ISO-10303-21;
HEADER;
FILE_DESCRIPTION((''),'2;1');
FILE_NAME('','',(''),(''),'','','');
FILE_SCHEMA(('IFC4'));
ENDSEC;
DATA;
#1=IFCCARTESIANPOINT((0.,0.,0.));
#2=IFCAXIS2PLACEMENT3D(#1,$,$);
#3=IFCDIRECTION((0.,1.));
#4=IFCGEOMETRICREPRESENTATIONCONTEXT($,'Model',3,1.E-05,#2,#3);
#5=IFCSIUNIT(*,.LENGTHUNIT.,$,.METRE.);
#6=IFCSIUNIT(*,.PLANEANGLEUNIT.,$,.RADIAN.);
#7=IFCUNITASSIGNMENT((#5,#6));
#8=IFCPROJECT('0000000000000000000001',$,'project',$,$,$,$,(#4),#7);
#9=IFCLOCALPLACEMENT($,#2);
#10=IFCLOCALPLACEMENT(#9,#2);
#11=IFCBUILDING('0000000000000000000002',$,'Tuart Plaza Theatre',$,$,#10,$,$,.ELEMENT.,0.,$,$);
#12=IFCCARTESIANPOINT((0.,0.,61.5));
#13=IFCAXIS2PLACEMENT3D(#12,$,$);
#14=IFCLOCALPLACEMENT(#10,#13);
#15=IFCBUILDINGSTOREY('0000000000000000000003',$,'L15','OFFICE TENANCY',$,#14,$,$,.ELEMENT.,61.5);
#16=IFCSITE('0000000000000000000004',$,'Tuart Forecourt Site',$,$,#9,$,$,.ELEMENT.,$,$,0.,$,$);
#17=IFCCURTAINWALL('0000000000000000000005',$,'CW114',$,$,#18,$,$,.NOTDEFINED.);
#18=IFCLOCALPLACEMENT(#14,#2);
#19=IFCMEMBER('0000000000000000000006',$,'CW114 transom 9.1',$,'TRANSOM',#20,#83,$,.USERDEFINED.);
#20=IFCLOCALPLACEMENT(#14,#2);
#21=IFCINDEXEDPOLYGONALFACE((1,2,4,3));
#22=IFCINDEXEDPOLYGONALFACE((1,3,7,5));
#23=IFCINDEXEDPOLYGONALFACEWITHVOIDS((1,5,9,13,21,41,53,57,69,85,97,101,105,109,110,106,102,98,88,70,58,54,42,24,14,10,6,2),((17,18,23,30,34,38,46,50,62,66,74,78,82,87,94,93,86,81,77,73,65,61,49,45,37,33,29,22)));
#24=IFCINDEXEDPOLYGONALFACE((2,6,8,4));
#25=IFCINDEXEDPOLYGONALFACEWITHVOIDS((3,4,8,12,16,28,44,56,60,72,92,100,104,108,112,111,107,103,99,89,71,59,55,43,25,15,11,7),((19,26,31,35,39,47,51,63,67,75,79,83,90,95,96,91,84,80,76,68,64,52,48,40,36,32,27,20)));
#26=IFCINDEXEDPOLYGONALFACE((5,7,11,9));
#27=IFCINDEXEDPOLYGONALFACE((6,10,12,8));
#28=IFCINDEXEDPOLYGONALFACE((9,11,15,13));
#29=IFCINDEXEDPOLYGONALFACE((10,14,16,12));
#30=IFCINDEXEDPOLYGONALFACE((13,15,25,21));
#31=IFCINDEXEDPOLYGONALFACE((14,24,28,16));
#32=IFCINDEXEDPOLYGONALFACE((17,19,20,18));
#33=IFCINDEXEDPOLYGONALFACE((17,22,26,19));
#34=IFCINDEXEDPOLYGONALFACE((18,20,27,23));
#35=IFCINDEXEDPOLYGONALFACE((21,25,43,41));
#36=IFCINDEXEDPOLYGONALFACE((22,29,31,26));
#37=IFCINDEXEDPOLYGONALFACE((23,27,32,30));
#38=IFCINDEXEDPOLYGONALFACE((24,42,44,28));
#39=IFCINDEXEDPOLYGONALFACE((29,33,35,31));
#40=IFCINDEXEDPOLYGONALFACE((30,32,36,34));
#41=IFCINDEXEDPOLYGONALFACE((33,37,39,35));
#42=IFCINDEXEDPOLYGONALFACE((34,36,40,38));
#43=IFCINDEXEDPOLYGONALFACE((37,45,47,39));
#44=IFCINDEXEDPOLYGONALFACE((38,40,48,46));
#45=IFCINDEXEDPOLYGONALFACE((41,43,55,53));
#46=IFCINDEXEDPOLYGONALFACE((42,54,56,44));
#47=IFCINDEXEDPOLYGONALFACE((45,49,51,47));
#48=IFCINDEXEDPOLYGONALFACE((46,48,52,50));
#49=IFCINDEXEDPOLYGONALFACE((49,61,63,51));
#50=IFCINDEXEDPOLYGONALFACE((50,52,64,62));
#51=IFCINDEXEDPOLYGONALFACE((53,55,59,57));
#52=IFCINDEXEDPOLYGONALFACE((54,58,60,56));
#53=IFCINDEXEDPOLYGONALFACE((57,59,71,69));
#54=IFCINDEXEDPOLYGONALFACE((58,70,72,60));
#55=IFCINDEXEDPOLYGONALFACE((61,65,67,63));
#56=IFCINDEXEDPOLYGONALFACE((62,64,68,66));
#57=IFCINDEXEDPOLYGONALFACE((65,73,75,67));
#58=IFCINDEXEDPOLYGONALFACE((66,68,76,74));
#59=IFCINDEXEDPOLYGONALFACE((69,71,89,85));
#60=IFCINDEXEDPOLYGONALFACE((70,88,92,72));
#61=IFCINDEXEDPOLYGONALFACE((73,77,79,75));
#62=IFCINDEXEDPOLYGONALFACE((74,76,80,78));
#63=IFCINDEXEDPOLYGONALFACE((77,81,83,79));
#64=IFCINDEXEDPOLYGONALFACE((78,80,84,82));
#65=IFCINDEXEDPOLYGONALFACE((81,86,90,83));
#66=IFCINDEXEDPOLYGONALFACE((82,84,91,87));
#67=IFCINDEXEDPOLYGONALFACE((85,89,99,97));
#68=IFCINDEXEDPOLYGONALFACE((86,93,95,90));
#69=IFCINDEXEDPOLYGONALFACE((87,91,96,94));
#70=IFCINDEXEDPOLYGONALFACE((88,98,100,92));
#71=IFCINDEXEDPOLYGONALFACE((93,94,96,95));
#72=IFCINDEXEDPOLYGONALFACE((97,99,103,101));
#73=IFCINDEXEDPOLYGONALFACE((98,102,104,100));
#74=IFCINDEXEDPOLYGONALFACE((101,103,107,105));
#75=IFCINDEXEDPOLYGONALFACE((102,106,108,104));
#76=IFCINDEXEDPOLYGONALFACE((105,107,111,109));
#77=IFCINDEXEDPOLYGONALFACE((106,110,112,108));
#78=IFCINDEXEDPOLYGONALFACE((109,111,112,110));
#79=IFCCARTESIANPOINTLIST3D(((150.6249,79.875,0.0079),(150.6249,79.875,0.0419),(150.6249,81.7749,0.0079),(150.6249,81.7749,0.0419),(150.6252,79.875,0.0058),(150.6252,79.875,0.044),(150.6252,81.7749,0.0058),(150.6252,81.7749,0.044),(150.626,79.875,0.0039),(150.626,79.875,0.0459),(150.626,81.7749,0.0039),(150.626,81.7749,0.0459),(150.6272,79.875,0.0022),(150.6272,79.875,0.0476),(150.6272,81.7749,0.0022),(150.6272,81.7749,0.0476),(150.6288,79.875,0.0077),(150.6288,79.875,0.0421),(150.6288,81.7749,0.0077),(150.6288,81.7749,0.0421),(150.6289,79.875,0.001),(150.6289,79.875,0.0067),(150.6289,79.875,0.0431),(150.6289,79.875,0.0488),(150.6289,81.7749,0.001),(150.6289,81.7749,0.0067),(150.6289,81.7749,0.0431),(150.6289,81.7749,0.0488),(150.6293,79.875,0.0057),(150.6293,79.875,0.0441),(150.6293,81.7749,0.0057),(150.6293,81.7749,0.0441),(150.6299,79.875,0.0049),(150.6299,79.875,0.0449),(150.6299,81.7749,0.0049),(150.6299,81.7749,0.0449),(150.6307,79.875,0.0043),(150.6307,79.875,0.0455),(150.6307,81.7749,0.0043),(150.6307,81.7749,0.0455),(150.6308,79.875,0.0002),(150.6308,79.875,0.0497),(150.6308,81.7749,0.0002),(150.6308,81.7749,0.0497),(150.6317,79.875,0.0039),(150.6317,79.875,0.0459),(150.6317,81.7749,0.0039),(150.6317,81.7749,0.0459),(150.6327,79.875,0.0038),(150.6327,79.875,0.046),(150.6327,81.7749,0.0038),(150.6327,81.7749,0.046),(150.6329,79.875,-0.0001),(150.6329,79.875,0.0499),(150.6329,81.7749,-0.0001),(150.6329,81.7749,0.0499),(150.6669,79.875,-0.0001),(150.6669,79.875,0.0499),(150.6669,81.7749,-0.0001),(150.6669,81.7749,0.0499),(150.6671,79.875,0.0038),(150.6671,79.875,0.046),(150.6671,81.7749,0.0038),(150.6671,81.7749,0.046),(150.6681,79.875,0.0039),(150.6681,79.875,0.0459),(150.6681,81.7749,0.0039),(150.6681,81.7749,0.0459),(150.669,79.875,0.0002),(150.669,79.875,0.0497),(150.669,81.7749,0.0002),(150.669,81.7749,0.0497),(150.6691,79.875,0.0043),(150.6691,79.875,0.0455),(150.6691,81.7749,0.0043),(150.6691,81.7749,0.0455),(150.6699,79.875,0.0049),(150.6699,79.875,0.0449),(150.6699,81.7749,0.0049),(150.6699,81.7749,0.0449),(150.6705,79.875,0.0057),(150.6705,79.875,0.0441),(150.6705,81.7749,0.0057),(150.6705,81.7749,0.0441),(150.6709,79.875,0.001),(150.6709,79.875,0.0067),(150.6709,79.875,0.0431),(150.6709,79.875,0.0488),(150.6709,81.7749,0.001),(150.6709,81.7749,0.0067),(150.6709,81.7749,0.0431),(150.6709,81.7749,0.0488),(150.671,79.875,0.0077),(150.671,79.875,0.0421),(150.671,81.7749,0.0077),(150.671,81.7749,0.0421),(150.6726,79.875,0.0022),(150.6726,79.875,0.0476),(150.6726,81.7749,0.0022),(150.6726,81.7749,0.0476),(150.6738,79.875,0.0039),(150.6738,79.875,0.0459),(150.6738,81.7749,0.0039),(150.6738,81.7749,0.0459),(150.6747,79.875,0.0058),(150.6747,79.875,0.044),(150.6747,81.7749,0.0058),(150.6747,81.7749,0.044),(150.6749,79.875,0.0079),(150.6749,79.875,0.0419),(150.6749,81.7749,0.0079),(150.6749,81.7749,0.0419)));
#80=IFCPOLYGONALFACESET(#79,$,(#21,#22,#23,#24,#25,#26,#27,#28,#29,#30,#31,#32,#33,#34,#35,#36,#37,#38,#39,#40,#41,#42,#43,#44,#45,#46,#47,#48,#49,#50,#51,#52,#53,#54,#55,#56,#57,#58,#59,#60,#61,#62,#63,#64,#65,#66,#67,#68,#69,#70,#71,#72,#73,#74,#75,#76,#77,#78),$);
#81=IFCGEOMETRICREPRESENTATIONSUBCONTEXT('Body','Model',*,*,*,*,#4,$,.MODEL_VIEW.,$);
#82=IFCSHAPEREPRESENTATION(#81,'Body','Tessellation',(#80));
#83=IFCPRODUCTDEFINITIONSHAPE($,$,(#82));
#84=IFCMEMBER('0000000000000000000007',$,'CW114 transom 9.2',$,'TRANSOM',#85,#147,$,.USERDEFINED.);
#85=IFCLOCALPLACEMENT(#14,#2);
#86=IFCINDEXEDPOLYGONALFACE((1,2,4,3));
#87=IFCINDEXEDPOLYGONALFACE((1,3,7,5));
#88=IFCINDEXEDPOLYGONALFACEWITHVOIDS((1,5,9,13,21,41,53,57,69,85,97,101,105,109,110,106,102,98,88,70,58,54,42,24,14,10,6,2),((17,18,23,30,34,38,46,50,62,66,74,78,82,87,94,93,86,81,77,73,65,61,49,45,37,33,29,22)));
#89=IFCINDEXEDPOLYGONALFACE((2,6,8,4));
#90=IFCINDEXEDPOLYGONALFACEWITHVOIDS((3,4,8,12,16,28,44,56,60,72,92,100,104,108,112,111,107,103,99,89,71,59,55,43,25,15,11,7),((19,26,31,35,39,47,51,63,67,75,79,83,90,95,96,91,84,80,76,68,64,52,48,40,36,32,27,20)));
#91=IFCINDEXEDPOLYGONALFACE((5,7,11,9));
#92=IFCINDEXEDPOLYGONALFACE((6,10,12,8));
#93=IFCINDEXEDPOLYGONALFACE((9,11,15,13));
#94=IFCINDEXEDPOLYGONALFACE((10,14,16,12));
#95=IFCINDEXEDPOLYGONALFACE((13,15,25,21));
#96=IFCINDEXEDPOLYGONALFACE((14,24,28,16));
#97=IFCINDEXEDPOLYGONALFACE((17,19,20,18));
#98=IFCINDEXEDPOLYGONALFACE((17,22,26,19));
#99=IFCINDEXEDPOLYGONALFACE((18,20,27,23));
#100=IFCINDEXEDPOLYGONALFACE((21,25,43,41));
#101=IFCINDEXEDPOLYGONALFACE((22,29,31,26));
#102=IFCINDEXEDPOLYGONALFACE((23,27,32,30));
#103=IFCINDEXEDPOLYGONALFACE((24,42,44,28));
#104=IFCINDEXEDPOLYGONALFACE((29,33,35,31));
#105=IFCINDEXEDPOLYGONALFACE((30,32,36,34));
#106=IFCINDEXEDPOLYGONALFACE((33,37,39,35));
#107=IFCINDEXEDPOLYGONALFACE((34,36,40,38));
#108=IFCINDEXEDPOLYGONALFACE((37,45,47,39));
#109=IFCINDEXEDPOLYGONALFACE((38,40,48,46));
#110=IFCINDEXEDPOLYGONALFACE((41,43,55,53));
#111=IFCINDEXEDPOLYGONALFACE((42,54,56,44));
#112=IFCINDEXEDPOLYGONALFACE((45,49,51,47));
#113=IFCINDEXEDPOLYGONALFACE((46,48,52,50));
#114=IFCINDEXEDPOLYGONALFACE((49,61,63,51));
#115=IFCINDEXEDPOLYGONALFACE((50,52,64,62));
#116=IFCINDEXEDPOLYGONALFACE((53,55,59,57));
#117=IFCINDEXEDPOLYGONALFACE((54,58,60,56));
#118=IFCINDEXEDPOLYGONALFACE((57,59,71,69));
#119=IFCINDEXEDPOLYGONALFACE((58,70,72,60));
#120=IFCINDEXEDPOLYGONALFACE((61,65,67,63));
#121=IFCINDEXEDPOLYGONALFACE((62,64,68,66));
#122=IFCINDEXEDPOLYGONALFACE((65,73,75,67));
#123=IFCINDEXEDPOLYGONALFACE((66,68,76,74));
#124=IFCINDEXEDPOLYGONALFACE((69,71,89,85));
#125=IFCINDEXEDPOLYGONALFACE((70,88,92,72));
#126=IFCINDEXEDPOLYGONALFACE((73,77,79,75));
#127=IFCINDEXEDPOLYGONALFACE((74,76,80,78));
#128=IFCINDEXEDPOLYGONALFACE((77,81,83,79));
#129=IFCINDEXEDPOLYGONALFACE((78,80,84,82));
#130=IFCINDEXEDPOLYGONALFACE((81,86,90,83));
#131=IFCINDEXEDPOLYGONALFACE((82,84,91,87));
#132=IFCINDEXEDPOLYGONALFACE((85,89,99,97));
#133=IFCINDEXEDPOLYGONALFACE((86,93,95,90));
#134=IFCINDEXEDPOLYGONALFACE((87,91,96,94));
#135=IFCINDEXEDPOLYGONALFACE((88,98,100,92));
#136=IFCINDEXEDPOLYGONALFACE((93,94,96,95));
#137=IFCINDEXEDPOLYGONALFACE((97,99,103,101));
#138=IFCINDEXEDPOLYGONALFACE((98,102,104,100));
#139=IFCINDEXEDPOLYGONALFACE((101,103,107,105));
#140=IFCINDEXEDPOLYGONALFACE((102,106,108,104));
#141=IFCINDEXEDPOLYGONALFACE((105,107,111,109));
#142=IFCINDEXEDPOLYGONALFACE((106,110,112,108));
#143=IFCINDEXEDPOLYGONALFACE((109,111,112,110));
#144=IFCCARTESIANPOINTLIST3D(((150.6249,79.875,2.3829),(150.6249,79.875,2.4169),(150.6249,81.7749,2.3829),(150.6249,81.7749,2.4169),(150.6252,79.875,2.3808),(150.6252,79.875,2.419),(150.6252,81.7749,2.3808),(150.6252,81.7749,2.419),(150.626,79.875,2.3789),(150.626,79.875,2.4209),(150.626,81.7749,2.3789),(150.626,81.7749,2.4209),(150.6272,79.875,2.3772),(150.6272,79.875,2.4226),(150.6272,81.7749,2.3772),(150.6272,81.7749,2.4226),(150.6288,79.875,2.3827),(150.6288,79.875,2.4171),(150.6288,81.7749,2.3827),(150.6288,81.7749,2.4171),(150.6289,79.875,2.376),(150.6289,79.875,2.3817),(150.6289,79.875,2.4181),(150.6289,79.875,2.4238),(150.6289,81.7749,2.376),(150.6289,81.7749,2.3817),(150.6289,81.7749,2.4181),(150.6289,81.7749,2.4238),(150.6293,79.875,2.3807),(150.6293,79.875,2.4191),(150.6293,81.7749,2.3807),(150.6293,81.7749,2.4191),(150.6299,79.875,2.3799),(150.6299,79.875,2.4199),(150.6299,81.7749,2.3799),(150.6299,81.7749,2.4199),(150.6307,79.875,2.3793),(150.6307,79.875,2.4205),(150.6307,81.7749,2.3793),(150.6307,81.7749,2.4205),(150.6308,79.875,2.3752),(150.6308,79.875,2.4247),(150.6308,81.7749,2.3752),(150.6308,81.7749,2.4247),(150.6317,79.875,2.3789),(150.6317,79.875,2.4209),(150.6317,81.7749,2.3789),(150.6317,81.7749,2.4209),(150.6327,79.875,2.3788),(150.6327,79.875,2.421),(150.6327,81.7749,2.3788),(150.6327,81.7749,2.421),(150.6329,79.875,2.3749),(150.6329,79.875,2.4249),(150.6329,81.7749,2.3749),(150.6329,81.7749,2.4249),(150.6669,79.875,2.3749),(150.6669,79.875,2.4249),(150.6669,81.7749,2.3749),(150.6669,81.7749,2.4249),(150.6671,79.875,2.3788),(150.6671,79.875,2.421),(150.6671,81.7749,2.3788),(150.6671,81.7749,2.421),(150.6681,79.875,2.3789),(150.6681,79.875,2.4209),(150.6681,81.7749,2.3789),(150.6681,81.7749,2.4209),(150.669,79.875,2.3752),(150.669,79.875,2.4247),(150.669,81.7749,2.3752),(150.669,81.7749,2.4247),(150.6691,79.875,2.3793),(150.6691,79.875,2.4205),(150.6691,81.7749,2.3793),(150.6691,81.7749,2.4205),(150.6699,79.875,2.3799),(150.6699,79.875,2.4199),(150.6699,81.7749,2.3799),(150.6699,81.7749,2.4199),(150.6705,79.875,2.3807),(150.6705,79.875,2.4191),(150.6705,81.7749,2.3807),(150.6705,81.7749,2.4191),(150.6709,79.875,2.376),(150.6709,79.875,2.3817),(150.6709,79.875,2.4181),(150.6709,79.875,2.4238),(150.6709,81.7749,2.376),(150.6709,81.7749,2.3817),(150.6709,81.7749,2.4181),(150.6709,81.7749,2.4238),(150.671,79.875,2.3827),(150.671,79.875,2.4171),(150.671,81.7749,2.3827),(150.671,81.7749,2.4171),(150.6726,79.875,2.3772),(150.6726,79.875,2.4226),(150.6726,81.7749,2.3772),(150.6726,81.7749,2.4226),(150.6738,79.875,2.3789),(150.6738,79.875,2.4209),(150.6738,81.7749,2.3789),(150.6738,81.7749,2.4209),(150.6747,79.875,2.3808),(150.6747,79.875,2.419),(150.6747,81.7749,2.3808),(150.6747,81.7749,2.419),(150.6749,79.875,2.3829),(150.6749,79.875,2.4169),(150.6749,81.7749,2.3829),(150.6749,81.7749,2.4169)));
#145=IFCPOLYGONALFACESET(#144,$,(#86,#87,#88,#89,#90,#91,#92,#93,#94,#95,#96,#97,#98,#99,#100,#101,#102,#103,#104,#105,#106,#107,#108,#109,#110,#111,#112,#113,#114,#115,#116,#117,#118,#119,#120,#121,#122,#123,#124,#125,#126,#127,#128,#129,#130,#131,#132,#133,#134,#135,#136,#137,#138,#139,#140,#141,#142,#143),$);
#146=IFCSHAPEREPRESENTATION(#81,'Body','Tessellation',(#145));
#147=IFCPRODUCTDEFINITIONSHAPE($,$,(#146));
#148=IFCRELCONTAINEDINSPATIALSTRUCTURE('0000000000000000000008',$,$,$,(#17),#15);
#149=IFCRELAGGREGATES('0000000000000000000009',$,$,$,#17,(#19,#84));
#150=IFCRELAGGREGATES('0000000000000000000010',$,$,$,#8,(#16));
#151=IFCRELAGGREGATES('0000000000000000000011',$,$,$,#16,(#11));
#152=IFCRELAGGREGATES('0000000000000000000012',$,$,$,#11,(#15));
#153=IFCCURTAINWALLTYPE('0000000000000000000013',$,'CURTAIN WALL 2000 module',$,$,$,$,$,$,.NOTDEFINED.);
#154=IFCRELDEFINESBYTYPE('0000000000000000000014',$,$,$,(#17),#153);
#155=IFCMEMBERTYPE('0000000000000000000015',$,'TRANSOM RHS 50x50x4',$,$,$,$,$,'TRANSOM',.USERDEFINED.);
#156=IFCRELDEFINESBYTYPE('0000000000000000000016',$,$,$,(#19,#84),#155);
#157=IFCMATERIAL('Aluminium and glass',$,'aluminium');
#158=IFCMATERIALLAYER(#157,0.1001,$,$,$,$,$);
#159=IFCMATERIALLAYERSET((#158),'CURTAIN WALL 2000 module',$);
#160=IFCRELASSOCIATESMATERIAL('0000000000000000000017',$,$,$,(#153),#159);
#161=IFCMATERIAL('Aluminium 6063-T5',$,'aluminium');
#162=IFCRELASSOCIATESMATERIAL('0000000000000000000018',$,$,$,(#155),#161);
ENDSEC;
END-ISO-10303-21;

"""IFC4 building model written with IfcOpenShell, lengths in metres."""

from ifc_helpers import new_model, si_unit, direction, frame, origin, origin_2d, place, context, subcontext, project, spatial, hollow_rectangle, extrude, material, layer, layer_set, material_profile, profile_set, type_object, element, aggregate, save


model = new_model("IFC4")

# Units and contexts
model_context = context("Model", 3, precision=1e-05, world=origin(), true_north=direction((0.0, 1.0)))
body_context = subcontext(model_context, "Body", "Model", "MODEL_VIEW")
ifc_project = project(units=[si_unit("LENGTHUNIT", "METRE"), si_unit("PLANEANGLEUNIT", "RADIAN")], contexts=[model_context])

# Site, building, storey
site_placement = place(None, origin())
site = spatial("IfcSite", under=ifc_project, at=site_placement, Name="Tuart Forecourt Site", CompositionType="ELEMENT", RefElevation=0.0)
building_placement = place(site_placement, origin())
building = spatial("IfcBuilding", under=site, at=building_placement, Name="Tuart Plaza Theatre", CompositionType="ELEMENT", ElevationOfRefHeight=0.0)
storey_placement = place(building_placement, frame((0.0, 0.0, 61.5)))
storey = spatial("IfcBuildingStorey", under=building, at=storey_placement, Name="L15", Description="OFFICE TENANCY", CompositionType="ELEMENT", Elevation=61.5)

# Curtain wall, members
ifc_material_1 = material(Name="Aluminium and glass", Category="aluminium")
ifc_layer_1 = layer(ifc_material_1, 0.1001)
ifc_layer_set_1 = layer_set([ifc_layer_1], Name="CURTAIN WALL 2000 module")
curtain_wall_type = type_object("IfcCurtainWallType", Name="CURTAIN WALL 2000 module", PredefinedType="NOTDEFINED", material=ifc_layer_set_1)
curtain_wall_placement = place(storey_placement, origin())
curtain_wall = element("IfcCurtainWall", 1, at=curtain_wall_placement, inside=storey, type_object=curtain_wall_type, Name="CW114", PredefinedType="NOTDEFINED")
ifc_material_2 = material(Name="Aluminium 6063-T5", Category="aluminium")
ifc_material_profile_1 = material_profile(ifc_material_2, hollow_rectangle(XDim=0.05, YDim=0.05, WallThickness=0.0039, InnerFilletRadius=0.0039, OuterFilletRadius=0.0081, at=origin_2d()), Name="RHS 50x50x4")
ifc_profile_set_1 = profile_set([ifc_material_profile_1], Name="Aluminium 6063-T5")
member_type_1 = type_object("IfcMemberType", Name="TRANSOM RHS 50x50x4", ElementType="TRANSOM", PredefinedType="USERDEFINED", material=ifc_profile_set_1)
member_1_placement = place(storey_placement, frame((150.6499, 79.875, 0.0249), z_axis=(0.0, 1.0, 0.0), x_axis=(-1.0, 0.0, 0.0)))
member_1 = element("IfcMember", 2, at=member_1_placement, type_object=member_type_1, Name="CW114 transom 9.1", ObjectType="TRANSOM", PredefinedType="USERDEFINED", context=body_context, shape_type="SweptSolid", body=[
    extrude(hollow_rectangle(XDim=0.05, YDim=0.05, WallThickness=0.0039, InnerFilletRadius=0.0039, OuterFilletRadius=0.0081, at=origin_2d()), origin(), (0.0, 0.0, 1.0), 1.8999),
])
member_2_placement = place(storey_placement, frame((150.6499, 79.875, 2.3999), z_axis=(0.0, 1.0, 0.0), x_axis=(-1.0, 0.0, 0.0)))
member_2 = element("IfcMember", 3, at=member_2_placement, type_object=member_type_1, Name="CW114 transom 9.2", ObjectType="TRANSOM", PredefinedType="USERDEFINED", context=body_context, shape_type="SweptSolid", body=[
    extrude(hollow_rectangle(XDim=0.05, YDim=0.05, WallThickness=0.0039, InnerFilletRadius=0.0039, OuterFilletRadius=0.0081, at=origin_2d()), origin(), (0.0, 0.0, 1.0), 1.8999),
])
aggregate(curtain_wall, [member_1, member_2])

save(model, "model.ifc")
